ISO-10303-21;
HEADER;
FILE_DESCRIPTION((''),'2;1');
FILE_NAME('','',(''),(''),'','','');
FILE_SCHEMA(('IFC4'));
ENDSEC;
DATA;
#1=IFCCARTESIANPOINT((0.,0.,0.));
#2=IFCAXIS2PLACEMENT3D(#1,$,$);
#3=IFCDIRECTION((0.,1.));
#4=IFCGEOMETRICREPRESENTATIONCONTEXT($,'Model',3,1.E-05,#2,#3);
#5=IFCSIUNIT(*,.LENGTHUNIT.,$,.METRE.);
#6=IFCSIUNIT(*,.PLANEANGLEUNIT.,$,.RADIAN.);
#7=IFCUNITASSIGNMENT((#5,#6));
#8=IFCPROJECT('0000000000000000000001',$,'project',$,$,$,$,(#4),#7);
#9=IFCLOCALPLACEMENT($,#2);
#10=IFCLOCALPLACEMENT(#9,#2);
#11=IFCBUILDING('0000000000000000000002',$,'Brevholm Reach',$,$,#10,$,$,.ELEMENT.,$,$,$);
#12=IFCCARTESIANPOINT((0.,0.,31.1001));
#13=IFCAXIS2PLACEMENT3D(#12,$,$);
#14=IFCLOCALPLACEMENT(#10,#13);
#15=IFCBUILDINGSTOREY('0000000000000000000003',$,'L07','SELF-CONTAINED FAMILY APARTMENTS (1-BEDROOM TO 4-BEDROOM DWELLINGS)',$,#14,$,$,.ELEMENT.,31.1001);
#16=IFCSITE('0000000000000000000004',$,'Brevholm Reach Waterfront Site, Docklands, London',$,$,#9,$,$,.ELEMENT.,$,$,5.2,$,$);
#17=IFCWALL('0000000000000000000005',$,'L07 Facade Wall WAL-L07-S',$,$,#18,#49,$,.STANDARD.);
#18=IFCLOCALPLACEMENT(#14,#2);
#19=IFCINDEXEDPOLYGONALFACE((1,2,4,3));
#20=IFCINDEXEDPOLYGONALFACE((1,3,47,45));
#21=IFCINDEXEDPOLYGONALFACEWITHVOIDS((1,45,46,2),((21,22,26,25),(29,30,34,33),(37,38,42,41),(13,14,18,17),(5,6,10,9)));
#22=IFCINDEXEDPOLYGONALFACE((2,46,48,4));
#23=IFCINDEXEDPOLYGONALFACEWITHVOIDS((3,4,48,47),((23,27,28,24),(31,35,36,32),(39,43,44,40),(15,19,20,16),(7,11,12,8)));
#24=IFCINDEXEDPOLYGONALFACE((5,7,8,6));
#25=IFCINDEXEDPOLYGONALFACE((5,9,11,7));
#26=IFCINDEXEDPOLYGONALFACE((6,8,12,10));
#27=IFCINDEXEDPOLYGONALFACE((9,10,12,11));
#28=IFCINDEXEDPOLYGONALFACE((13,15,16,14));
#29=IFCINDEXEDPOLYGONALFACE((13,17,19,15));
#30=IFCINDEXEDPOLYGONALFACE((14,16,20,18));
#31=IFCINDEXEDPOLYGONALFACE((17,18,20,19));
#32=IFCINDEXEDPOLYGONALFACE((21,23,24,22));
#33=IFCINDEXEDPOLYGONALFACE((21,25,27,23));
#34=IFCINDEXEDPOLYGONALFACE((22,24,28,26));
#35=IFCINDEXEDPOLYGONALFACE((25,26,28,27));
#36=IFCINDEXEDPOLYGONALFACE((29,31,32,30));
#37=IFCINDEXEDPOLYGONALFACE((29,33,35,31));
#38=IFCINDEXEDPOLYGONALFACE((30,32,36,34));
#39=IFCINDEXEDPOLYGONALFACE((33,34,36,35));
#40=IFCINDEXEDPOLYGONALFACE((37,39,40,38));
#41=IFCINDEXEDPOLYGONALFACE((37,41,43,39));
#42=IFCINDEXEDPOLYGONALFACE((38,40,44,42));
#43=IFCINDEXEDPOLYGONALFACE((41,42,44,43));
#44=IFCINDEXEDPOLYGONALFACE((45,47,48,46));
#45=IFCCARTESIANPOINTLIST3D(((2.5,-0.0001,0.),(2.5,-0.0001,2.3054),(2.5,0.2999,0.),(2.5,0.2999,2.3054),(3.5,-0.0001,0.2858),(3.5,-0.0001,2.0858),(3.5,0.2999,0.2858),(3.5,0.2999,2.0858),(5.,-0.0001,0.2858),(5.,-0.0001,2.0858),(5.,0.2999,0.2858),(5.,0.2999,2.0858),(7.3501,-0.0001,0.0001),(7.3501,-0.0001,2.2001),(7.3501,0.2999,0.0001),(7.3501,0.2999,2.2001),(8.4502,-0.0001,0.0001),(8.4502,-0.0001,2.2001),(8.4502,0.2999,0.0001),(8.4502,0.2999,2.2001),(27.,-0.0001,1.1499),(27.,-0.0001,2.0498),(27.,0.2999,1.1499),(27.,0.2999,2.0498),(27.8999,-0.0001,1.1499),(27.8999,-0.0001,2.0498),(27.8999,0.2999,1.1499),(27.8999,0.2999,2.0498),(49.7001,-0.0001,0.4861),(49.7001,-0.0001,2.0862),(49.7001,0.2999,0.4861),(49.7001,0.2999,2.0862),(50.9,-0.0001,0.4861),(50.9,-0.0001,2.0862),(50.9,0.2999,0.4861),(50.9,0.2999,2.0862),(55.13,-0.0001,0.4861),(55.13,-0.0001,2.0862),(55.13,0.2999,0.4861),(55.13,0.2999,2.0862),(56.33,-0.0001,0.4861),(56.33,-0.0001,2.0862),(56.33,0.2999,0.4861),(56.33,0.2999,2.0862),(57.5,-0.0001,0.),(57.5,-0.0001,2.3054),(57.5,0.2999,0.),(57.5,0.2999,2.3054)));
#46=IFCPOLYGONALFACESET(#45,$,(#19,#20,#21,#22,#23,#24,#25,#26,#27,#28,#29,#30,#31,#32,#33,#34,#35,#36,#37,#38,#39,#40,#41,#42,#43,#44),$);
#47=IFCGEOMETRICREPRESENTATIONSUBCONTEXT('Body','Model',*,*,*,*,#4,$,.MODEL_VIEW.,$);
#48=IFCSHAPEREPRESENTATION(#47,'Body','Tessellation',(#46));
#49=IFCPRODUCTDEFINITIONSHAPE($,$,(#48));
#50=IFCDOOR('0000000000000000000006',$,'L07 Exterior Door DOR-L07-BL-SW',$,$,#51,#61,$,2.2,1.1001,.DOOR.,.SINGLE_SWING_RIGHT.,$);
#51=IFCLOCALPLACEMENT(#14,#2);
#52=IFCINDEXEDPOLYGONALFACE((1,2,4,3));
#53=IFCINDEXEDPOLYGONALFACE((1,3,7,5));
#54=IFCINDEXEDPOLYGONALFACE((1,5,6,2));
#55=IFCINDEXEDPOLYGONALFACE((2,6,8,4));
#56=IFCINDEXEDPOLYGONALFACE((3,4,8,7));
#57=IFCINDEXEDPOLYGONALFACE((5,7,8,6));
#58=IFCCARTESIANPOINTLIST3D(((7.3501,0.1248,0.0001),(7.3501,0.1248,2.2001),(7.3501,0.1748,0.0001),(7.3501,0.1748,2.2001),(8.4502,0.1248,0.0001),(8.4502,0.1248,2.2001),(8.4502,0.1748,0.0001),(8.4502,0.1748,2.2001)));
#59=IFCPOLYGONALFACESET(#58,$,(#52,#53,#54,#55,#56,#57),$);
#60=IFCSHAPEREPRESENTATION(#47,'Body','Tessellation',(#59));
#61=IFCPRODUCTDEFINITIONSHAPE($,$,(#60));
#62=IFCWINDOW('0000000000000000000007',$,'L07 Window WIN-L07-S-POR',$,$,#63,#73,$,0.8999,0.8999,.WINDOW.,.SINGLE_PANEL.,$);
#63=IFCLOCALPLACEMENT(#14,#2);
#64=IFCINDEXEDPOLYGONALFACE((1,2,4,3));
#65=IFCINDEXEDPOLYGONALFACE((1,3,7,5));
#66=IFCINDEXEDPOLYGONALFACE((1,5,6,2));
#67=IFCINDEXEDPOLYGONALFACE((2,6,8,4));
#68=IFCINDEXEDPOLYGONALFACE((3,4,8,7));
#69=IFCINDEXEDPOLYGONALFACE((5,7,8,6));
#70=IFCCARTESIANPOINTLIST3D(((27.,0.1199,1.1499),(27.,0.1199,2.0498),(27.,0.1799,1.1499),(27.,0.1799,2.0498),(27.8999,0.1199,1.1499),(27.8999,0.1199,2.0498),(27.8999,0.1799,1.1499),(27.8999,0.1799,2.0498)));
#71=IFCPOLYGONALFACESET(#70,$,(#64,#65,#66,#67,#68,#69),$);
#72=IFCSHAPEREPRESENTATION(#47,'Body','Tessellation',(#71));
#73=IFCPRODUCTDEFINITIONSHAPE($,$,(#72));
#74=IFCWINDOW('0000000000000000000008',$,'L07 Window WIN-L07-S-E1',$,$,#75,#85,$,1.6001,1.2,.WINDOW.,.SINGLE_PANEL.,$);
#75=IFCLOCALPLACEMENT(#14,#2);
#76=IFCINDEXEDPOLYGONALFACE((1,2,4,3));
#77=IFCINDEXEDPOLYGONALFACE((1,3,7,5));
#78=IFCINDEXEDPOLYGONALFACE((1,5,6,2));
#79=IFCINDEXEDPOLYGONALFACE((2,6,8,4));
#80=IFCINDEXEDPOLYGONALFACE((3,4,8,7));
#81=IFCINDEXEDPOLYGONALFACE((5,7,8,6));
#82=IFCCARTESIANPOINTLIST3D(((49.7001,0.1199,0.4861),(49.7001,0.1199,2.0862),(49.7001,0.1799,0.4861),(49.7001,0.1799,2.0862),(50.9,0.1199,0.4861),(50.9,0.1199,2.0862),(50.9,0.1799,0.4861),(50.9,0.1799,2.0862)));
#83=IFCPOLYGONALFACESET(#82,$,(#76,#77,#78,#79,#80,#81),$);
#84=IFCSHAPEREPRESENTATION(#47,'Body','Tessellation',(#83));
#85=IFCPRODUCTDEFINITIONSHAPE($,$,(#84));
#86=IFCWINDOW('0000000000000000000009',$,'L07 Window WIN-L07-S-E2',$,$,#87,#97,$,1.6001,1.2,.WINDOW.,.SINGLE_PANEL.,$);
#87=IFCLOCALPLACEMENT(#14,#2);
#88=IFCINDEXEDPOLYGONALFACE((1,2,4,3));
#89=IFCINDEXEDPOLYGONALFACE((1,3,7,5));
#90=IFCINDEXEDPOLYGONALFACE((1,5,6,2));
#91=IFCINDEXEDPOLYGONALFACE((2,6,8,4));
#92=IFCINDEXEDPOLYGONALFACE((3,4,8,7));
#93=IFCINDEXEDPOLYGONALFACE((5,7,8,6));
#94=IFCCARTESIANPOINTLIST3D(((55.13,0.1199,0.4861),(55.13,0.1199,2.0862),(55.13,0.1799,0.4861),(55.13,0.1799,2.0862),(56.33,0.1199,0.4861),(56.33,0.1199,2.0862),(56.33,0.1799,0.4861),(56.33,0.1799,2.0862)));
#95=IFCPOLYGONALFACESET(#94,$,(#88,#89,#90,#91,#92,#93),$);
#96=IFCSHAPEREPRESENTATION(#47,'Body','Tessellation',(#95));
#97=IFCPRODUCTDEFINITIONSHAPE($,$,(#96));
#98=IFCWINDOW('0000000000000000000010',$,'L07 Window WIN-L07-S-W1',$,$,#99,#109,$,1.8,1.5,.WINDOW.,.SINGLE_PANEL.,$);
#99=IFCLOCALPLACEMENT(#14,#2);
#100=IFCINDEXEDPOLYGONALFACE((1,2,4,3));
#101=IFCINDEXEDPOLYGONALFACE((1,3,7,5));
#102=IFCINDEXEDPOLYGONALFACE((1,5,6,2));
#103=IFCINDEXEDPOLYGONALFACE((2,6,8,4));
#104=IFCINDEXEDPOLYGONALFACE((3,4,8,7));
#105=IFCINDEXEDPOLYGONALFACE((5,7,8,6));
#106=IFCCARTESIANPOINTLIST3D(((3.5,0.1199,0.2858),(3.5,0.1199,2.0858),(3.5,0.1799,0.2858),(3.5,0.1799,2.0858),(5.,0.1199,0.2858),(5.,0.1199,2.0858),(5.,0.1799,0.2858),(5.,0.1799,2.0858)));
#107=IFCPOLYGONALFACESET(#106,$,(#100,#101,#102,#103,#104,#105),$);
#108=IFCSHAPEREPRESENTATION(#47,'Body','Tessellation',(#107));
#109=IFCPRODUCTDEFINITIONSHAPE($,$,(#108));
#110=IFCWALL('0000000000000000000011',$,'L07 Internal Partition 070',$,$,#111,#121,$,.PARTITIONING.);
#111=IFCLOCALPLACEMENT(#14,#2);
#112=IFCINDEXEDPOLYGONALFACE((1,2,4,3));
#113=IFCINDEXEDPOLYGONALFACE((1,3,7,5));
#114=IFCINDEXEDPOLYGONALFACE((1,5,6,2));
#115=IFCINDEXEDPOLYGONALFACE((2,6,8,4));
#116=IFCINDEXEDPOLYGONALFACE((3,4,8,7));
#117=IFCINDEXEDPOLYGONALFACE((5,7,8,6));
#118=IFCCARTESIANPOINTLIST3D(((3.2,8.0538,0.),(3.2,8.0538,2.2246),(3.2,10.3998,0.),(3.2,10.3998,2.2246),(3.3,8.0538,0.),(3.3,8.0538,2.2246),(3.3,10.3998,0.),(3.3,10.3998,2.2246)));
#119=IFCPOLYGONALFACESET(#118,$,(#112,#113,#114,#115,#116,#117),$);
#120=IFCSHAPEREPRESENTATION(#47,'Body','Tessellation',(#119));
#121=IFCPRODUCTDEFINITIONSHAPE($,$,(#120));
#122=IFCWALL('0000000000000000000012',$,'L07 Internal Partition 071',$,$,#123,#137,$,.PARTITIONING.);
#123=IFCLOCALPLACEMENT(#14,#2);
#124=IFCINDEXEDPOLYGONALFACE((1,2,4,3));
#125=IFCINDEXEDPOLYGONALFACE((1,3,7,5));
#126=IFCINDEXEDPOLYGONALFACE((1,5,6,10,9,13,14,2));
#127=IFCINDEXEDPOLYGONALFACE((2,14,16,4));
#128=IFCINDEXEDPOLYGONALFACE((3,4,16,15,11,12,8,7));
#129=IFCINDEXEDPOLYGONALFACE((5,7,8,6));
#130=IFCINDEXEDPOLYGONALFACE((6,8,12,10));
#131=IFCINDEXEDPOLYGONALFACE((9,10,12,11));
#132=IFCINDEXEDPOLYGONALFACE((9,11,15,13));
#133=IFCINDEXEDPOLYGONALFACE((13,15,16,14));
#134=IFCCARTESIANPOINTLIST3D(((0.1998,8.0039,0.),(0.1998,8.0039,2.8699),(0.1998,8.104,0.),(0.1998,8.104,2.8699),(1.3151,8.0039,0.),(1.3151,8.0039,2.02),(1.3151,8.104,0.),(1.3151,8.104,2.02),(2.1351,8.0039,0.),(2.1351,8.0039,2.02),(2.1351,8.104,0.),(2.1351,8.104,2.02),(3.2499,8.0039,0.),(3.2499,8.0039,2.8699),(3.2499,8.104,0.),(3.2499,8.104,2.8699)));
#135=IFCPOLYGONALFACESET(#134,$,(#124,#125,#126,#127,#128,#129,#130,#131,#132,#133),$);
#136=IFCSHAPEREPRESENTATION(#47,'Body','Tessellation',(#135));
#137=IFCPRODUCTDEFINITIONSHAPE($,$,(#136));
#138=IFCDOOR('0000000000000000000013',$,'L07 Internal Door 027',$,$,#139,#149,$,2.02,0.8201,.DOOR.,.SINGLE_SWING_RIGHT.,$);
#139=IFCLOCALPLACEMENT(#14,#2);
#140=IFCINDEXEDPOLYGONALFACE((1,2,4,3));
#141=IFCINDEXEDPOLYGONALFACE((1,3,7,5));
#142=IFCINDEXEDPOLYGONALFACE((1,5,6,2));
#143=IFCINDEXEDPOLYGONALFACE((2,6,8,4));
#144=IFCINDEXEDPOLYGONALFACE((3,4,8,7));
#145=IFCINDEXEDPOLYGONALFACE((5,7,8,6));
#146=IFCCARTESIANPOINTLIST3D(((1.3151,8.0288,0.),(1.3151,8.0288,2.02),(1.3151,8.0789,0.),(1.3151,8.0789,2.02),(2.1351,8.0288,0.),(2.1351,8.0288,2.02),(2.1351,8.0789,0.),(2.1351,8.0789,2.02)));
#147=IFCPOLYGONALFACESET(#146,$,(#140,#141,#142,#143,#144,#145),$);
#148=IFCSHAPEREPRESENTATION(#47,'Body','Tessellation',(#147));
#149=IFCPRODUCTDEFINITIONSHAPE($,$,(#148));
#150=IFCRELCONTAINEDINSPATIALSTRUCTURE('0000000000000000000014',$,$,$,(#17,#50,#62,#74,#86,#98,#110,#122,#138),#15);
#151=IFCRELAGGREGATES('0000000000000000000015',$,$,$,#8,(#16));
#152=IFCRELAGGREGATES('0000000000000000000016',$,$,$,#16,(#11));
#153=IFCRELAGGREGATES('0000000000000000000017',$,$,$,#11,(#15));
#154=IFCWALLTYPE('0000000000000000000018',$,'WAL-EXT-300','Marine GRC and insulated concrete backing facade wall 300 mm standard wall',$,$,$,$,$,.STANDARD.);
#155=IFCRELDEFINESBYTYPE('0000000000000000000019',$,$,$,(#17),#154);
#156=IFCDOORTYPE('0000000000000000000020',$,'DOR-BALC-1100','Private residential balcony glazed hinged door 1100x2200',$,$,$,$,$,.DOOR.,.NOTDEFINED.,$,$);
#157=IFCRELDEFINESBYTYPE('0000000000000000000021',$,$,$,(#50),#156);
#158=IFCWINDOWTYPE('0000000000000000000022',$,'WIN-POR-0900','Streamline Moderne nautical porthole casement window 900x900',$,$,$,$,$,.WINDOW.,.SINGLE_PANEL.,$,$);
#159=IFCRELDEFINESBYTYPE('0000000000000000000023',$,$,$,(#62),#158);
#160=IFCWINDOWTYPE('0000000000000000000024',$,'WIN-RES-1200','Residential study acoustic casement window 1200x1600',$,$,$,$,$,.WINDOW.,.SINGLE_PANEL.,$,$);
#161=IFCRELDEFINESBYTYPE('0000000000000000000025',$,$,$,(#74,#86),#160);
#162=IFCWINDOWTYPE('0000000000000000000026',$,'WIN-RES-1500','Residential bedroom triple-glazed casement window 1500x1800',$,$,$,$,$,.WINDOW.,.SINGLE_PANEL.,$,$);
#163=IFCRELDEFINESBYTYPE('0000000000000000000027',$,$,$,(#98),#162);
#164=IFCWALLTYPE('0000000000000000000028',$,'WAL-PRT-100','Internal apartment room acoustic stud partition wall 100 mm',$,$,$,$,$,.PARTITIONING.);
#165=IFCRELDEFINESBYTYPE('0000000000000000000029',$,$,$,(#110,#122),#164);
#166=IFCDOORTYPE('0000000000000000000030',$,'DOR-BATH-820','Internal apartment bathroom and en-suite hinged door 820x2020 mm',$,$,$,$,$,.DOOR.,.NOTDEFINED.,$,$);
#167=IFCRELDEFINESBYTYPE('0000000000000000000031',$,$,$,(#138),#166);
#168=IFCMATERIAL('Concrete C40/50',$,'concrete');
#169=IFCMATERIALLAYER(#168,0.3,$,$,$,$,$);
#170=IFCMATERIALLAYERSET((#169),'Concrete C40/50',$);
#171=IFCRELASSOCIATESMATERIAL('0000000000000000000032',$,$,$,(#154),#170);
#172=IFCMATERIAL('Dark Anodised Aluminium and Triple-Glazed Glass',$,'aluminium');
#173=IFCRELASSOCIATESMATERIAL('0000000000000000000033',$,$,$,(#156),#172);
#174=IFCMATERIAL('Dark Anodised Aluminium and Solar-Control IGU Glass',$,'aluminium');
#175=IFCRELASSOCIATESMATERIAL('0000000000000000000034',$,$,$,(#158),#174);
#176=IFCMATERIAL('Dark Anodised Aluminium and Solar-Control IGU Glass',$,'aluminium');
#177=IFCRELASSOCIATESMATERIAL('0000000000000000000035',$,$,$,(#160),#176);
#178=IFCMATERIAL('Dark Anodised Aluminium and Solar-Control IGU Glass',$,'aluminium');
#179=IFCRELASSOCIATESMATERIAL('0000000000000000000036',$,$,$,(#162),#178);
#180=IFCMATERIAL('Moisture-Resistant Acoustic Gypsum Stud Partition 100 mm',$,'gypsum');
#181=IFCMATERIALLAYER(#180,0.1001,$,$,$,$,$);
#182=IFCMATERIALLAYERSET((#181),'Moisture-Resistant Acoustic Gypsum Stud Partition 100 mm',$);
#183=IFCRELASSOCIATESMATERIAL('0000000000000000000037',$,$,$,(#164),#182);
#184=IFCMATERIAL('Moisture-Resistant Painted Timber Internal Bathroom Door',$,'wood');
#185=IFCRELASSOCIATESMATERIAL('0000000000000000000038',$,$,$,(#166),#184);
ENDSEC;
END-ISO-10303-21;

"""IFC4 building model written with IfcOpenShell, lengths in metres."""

from ifc_helpers import new_model, si_unit, direction, frame, frame_2d, origin, place, context, subcontext, project, spatial, rectangle, extrude, material, layer, layer_set, type_object, element, fill, save


model = new_model("IFC4")

# Units and contexts
model_context = context("Model", 3, precision=1e-05, world=origin(), true_north=direction((0.0, 1.0)))
body_context = subcontext(model_context, "Body", "Model", "MODEL_VIEW")
ifc_project = project(units=[si_unit("LENGTHUNIT", "METRE"), si_unit("PLANEANGLEUNIT", "RADIAN")], contexts=[model_context])

# Site, building, storey
site_placement = place(None, origin())
site = spatial("IfcSite", under=ifc_project, at=site_placement, Name="Brevholm Reach Waterfront Site, Docklands, London", CompositionType="ELEMENT", RefElevation=5.2)
building_placement = place(site_placement, origin())
building = spatial("IfcBuilding", under=site, at=building_placement, Name="Brevholm Reach", CompositionType="ELEMENT")
storey_placement = place(building_placement, frame((0.0, 0.0, 31.1001)))
storey = spatial("IfcBuildingStorey", under=building, at=storey_placement, Name="L07", Description="SELF-CONTAINED FAMILY APARTMENTS (1-BEDROOM TO 4-BEDROOM DWELLINGS)", CompositionType="ELEMENT", Elevation=31.1001)

# Shared definitions
ifc_material_1 = material(Name="Concrete C40/50", Category="concrete")
ifc_layer_1 = layer(ifc_material_1, 0.3)
ifc_layer_set_1 = layer_set([ifc_layer_1], Name="Concrete C40/50")
wall_type_1 = type_object("IfcWallType", Name="WAL-EXT-300", Description="Marine GRC and insulated concrete backing facade wall 300 mm standard wall", PredefinedType="STANDARD", material=ifc_layer_set_1)

# Wall, openings, door, windows
wall_1_placement = place(storey_placement, frame((2.5, 0.1499, 0.0), z_axis=(0.0, 0.0, 1.0), x_axis=(1.0, 0.0, 0.0)))
wall_1 = element("IfcWall", 1, at=wall_1_placement, inside=storey, type_object=wall_type_1, Name="L07 Facade Wall WAL-L07-S", PredefinedType="STANDARD", context=body_context, shape_type="SweptSolid", body=[
    extrude(rectangle(XDim=55.0, YDim=0.3, at=frame_2d((27.5, 0.0))), origin(), (0.0, 0.0, 1.0), 2.3054),
])
opening_1_placement = place(wall_1_placement, frame((4.8501, 0.0, 0.0)))
opening_1 = element("IfcOpeningElement", 2, at=opening_1_placement, cuts=wall_1, PredefinedType="OPENING", context=body_context, shape_type="SweptSolid", body=[
    extrude(rectangle(XDim=1.1001, YDim=2.2, at=frame_2d((0.55, 1.1001))), frame((0.0, 0.1599, 0.0), z_axis=(0.0, -1.0, 0.0), x_axis=(1.0, 0.0, 0.0)), (0.0, 0.0, 1.0), 0.3201),
])
opening_2_placement = place(wall_1_placement, frame((1.0, 0.0, 0.2859)))
opening_2 = element("IfcOpeningElement", 3, at=opening_2_placement, cuts=wall_1, PredefinedType="OPENING", context=body_context, shape_type="SweptSolid", body=[
    extrude(rectangle(XDim=1.5, YDim=1.8, at=frame_2d((0.75, 0.8999))), frame((0.0, 0.1599, 0.0), z_axis=(0.0, -1.0, 0.0), x_axis=(1.0, 0.0, 0.0)), (0.0, 0.0, 1.0), 0.3201),
])
opening_3_placement = place(wall_1_placement, frame((24.5, 0.0, 1.1499)))
opening_3 = element("IfcOpeningElement", 4, at=opening_3_placement, cuts=wall_1, PredefinedType="OPENING", context=body_context, shape_type="SweptSolid", body=[
    extrude(rectangle(XDim=0.8999, YDim=0.8999, at=frame_2d((0.45, 0.45))), frame((0.0, 0.1599, 0.0), z_axis=(0.0, -1.0, 0.0), x_axis=(1.0, 0.0, 0.0)), (0.0, 0.0, 1.0), 0.3201),
])
opening_4_placement = place(wall_1_placement, frame((47.2, 0.0, 0.4861)))
opening_4 = element("IfcOpeningElement", 5, at=opening_4_placement, cuts=wall_1, PredefinedType="OPENING", context=body_context, shape_type="SweptSolid", body=[
    extrude(rectangle(XDim=1.2, YDim=1.6001, at=frame_2d((0.6001, 0.8))), frame((0.0, 0.1599, 0.0), z_axis=(0.0, -1.0, 0.0), x_axis=(1.0, 0.0, 0.0)), (0.0, 0.0, 1.0), 0.3201),
])
opening_5_placement = place(wall_1_placement, frame((52.6299, 0.0, 0.4861)))
opening_5 = element("IfcOpeningElement", 6, at=opening_5_placement, cuts=wall_1, PredefinedType="OPENING", context=body_context, shape_type="SweptSolid", body=[
    extrude(rectangle(XDim=1.2, YDim=1.6001, at=frame_2d((0.6001, 0.8))), frame((0.0, 0.1599, 0.0), z_axis=(0.0, -1.0, 0.0), x_axis=(1.0, 0.0, 0.0)), (0.0, 0.0, 1.0), 0.3201),
])
ifc_material_2 = material(Name="Dark Anodised Aluminium and Triple-Glazed Glass", Category="aluminium")
door_type_1 = type_object("IfcDoorType", Name="DOR-BALC-1100", Description="Private residential balcony glazed hinged door 1100x2200", OperationType="NOTDEFINED", PredefinedType="DOOR", material=ifc_material_2)
door_1_placement = place(opening_1_placement, origin())
door_1 = element("IfcDoor", 7, at=door_1_placement, inside=storey, type_object=door_type_1, Name="L07 Exterior Door DOR-L07-BL-SW", OperationType="SINGLE_SWING_RIGHT", OverallHeight=2.2, OverallWidth=1.1001, PredefinedType="DOOR", context=body_context, shape_type="SweptSolid", body=[
    extrude(rectangle(XDim=1.1001, YDim=2.2, at=frame_2d((0.55, 1.1001))), frame((0.0, 0.0249, 0.0), z_axis=(0.0, -1.0, 0.0), x_axis=(1.0, 0.0, 0.0)), (0.0, 0.0, 1.0), 0.05),
])
fill(opening_1, door_1)
ifc_material_3 = material(Name="Dark Anodised Aluminium and Solar-Control IGU Glass", Category="aluminium")
window_type_1 = type_object("IfcWindowType", Name="WIN-POR-0900", Description="Streamline Moderne nautical porthole casement window 900x900", PartitioningType="SINGLE_PANEL", PredefinedType="WINDOW", material=ifc_material_3)
window_1_placement = place(opening_3_placement, origin())
window_1 = element("IfcWindow", 8, at=window_1_placement, inside=storey, type_object=window_type_1, Name="L07 Window WIN-L07-S-POR", OverallHeight=0.8999, OverallWidth=0.8999, PartitioningType="SINGLE_PANEL", PredefinedType="WINDOW", context=body_context, shape_type="SweptSolid", body=[
    extrude(rectangle(XDim=0.8999, YDim=0.8999, at=frame_2d((0.45, 0.45))), frame((0.0, 0.03, 0.0), z_axis=(0.0, -1.0, 0.0), x_axis=(1.0, 0.0, 0.0)), (0.0, 0.0, 1.0), 0.0601),
])
fill(opening_3, window_1)
ifc_material_4 = material(Name="Dark Anodised Aluminium and Solar-Control IGU Glass", Category="aluminium")
window_type_2 = type_object("IfcWindowType", Name="WIN-RES-1200", Description="Residential study acoustic casement window 1200x1600", PartitioningType="SINGLE_PANEL", PredefinedType="WINDOW", material=ifc_material_4)
window_2_placement = place(opening_4_placement, origin())
window_2 = element("IfcWindow", 9, at=window_2_placement, inside=storey, type_object=window_type_2, Name="L07 Window WIN-L07-S-E1", OverallHeight=1.6001, OverallWidth=1.2, PartitioningType="SINGLE_PANEL", PredefinedType="WINDOW", context=body_context, shape_type="SweptSolid", body=[
    extrude(rectangle(XDim=1.2, YDim=1.6001, at=frame_2d((0.6001, 0.8))), frame((0.0, 0.03, 0.0), z_axis=(0.0, -1.0, 0.0), x_axis=(1.0, 0.0, 0.0)), (0.0, 0.0, 1.0), 0.0601),
])
fill(opening_4, window_2)
window_3_placement = place(opening_5_placement, origin())
window_3 = element("IfcWindow", 10, at=window_3_placement, inside=storey, type_object=window_type_2, Name="L07 Window WIN-L07-S-E2", OverallHeight=1.6001, OverallWidth=1.2, PartitioningType="SINGLE_PANEL", PredefinedType="WINDOW", context=body_context, shape_type="SweptSolid", body=[
    extrude(rectangle(XDim=1.2, YDim=1.6001, at=frame_2d((0.6001, 0.8))), frame((0.0, 0.03, 0.0), z_axis=(0.0, -1.0, 0.0), x_axis=(1.0, 0.0, 0.0)), (0.0, 0.0, 1.0), 0.0601),
])
fill(opening_5, window_3)
ifc_material_5 = material(Name="Dark Anodised Aluminium and Solar-Control IGU Glass", Category="aluminium")
window_type_3 = type_object("IfcWindowType", Name="WIN-RES-1500", Description="Residential bedroom triple-glazed casement window 1500x1800", PartitioningType="SINGLE_PANEL", PredefinedType="WINDOW", material=ifc_material_5)
window_4_placement = place(opening_2_placement, origin())
window_4 = element("IfcWindow", 11, at=window_4_placement, inside=storey, type_object=window_type_3, Name="L07 Window WIN-L07-S-W1", OverallHeight=1.8, OverallWidth=1.5, PartitioningType="SINGLE_PANEL", PredefinedType="WINDOW", context=body_context, shape_type="SweptSolid", body=[
    extrude(rectangle(XDim=1.5, YDim=1.8, at=frame_2d((0.75, 0.8999))), frame((0.0, 0.03, 0.0), z_axis=(0.0, -1.0, 0.0), x_axis=(1.0, 0.0, 0.0)), (0.0, 0.0, 1.0), 0.0601),
])
fill(opening_2, window_4)

# Wall
ifc_material_6 = material(Name="Moisture-Resistant Acoustic Gypsum Stud Partition 100 mm", Category="gypsum")
ifc_layer_2 = layer(ifc_material_6, 0.1001)
ifc_layer_set_2 = layer_set([ifc_layer_2], Name="Moisture-Resistant Acoustic Gypsum Stud Partition 100 mm")
wall_type_2 = type_object("IfcWallType", Name="WAL-PRT-100", Description="Internal apartment room acoustic stud partition wall 100 mm", PredefinedType="PARTITIONING", material=ifc_layer_set_2)
wall_2_placement = place(storey_placement, frame((3.25, 8.054, 0.0), z_axis=(0.0, 0.0, 1.0), x_axis=(0.0, 1.0, 0.0)))
element("IfcWall", 12, at=wall_2_placement, inside=storey, type_object=wall_type_2, Name="L07 Internal Partition 070", PredefinedType="PARTITIONING", context=body_context, shape_type="SweptSolid", body=[
    extrude(rectangle(XDim=2.3459, YDim=0.1001, at=frame_2d((1.1729, 0.0))), origin(), (0.0, 0.0, 1.0), 2.2246),
])

# Wall, opening, door
wall_3_placement = place(storey_placement, frame((0.2, 8.054, 0.0), z_axis=(0.0, 0.0, 1.0), x_axis=(1.0, 0.0, 0.0)))
wall_3 = element("IfcWall", 13, at=wall_3_placement, inside=storey, type_object=wall_type_2, Name="L07 Internal Partition 071", PredefinedType="PARTITIONING", context=body_context, shape_type="SweptSolid", body=[
    extrude(rectangle(XDim=3.05, YDim=0.1001, at=frame_2d((1.5249, 0.0))), origin(), (0.0, 0.0, 1.0), 2.8699),
])
opening_6_placement = place(wall_3_placement, frame((1.115, 0.0, 0.0)))
opening_6 = element("IfcOpeningElement", 14, at=opening_6_placement, cuts=wall_3, PredefinedType="OPENING", context=body_context, shape_type="SweptSolid", body=[
    extrude(rectangle(XDim=0.8201, YDim=2.02, at=frame_2d((0.4102, 1.01))), frame((0.0, 0.0601, 0.0), z_axis=(0.0, -1.0, 0.0), x_axis=(1.0, 0.0, 0.0)), (0.0, 0.0, 1.0), 0.1201),
])
ifc_material_7 = material(Name="Moisture-Resistant Painted Timber Internal Bathroom Door", Category="wood")
door_type_2 = type_object("IfcDoorType", Name="DOR-BATH-820", Description="Internal apartment bathroom and en-suite hinged door 820x2020 mm", OperationType="NOTDEFINED", PredefinedType="DOOR", material=ifc_material_7)
door_2_placement = place(opening_6_placement, origin())
door_2 = element("IfcDoor", 15, at=door_2_placement, inside=storey, type_object=door_type_2, Name="L07 Internal Door 027", OperationType="SINGLE_SWING_RIGHT", OverallHeight=2.02, OverallWidth=0.8201, PredefinedType="DOOR", context=body_context, shape_type="SweptSolid", body=[
    extrude(rectangle(XDim=0.8201, YDim=2.02, at=frame_2d((0.4102, 1.01))), frame((0.0, 0.0249, 0.0), z_axis=(0.0, -1.0, 0.0), x_axis=(1.0, 0.0, 0.0)), (0.0, 0.0, 1.0), 0.05),
])
fill(opening_6, door_2)

save(model, "model.ifc")
